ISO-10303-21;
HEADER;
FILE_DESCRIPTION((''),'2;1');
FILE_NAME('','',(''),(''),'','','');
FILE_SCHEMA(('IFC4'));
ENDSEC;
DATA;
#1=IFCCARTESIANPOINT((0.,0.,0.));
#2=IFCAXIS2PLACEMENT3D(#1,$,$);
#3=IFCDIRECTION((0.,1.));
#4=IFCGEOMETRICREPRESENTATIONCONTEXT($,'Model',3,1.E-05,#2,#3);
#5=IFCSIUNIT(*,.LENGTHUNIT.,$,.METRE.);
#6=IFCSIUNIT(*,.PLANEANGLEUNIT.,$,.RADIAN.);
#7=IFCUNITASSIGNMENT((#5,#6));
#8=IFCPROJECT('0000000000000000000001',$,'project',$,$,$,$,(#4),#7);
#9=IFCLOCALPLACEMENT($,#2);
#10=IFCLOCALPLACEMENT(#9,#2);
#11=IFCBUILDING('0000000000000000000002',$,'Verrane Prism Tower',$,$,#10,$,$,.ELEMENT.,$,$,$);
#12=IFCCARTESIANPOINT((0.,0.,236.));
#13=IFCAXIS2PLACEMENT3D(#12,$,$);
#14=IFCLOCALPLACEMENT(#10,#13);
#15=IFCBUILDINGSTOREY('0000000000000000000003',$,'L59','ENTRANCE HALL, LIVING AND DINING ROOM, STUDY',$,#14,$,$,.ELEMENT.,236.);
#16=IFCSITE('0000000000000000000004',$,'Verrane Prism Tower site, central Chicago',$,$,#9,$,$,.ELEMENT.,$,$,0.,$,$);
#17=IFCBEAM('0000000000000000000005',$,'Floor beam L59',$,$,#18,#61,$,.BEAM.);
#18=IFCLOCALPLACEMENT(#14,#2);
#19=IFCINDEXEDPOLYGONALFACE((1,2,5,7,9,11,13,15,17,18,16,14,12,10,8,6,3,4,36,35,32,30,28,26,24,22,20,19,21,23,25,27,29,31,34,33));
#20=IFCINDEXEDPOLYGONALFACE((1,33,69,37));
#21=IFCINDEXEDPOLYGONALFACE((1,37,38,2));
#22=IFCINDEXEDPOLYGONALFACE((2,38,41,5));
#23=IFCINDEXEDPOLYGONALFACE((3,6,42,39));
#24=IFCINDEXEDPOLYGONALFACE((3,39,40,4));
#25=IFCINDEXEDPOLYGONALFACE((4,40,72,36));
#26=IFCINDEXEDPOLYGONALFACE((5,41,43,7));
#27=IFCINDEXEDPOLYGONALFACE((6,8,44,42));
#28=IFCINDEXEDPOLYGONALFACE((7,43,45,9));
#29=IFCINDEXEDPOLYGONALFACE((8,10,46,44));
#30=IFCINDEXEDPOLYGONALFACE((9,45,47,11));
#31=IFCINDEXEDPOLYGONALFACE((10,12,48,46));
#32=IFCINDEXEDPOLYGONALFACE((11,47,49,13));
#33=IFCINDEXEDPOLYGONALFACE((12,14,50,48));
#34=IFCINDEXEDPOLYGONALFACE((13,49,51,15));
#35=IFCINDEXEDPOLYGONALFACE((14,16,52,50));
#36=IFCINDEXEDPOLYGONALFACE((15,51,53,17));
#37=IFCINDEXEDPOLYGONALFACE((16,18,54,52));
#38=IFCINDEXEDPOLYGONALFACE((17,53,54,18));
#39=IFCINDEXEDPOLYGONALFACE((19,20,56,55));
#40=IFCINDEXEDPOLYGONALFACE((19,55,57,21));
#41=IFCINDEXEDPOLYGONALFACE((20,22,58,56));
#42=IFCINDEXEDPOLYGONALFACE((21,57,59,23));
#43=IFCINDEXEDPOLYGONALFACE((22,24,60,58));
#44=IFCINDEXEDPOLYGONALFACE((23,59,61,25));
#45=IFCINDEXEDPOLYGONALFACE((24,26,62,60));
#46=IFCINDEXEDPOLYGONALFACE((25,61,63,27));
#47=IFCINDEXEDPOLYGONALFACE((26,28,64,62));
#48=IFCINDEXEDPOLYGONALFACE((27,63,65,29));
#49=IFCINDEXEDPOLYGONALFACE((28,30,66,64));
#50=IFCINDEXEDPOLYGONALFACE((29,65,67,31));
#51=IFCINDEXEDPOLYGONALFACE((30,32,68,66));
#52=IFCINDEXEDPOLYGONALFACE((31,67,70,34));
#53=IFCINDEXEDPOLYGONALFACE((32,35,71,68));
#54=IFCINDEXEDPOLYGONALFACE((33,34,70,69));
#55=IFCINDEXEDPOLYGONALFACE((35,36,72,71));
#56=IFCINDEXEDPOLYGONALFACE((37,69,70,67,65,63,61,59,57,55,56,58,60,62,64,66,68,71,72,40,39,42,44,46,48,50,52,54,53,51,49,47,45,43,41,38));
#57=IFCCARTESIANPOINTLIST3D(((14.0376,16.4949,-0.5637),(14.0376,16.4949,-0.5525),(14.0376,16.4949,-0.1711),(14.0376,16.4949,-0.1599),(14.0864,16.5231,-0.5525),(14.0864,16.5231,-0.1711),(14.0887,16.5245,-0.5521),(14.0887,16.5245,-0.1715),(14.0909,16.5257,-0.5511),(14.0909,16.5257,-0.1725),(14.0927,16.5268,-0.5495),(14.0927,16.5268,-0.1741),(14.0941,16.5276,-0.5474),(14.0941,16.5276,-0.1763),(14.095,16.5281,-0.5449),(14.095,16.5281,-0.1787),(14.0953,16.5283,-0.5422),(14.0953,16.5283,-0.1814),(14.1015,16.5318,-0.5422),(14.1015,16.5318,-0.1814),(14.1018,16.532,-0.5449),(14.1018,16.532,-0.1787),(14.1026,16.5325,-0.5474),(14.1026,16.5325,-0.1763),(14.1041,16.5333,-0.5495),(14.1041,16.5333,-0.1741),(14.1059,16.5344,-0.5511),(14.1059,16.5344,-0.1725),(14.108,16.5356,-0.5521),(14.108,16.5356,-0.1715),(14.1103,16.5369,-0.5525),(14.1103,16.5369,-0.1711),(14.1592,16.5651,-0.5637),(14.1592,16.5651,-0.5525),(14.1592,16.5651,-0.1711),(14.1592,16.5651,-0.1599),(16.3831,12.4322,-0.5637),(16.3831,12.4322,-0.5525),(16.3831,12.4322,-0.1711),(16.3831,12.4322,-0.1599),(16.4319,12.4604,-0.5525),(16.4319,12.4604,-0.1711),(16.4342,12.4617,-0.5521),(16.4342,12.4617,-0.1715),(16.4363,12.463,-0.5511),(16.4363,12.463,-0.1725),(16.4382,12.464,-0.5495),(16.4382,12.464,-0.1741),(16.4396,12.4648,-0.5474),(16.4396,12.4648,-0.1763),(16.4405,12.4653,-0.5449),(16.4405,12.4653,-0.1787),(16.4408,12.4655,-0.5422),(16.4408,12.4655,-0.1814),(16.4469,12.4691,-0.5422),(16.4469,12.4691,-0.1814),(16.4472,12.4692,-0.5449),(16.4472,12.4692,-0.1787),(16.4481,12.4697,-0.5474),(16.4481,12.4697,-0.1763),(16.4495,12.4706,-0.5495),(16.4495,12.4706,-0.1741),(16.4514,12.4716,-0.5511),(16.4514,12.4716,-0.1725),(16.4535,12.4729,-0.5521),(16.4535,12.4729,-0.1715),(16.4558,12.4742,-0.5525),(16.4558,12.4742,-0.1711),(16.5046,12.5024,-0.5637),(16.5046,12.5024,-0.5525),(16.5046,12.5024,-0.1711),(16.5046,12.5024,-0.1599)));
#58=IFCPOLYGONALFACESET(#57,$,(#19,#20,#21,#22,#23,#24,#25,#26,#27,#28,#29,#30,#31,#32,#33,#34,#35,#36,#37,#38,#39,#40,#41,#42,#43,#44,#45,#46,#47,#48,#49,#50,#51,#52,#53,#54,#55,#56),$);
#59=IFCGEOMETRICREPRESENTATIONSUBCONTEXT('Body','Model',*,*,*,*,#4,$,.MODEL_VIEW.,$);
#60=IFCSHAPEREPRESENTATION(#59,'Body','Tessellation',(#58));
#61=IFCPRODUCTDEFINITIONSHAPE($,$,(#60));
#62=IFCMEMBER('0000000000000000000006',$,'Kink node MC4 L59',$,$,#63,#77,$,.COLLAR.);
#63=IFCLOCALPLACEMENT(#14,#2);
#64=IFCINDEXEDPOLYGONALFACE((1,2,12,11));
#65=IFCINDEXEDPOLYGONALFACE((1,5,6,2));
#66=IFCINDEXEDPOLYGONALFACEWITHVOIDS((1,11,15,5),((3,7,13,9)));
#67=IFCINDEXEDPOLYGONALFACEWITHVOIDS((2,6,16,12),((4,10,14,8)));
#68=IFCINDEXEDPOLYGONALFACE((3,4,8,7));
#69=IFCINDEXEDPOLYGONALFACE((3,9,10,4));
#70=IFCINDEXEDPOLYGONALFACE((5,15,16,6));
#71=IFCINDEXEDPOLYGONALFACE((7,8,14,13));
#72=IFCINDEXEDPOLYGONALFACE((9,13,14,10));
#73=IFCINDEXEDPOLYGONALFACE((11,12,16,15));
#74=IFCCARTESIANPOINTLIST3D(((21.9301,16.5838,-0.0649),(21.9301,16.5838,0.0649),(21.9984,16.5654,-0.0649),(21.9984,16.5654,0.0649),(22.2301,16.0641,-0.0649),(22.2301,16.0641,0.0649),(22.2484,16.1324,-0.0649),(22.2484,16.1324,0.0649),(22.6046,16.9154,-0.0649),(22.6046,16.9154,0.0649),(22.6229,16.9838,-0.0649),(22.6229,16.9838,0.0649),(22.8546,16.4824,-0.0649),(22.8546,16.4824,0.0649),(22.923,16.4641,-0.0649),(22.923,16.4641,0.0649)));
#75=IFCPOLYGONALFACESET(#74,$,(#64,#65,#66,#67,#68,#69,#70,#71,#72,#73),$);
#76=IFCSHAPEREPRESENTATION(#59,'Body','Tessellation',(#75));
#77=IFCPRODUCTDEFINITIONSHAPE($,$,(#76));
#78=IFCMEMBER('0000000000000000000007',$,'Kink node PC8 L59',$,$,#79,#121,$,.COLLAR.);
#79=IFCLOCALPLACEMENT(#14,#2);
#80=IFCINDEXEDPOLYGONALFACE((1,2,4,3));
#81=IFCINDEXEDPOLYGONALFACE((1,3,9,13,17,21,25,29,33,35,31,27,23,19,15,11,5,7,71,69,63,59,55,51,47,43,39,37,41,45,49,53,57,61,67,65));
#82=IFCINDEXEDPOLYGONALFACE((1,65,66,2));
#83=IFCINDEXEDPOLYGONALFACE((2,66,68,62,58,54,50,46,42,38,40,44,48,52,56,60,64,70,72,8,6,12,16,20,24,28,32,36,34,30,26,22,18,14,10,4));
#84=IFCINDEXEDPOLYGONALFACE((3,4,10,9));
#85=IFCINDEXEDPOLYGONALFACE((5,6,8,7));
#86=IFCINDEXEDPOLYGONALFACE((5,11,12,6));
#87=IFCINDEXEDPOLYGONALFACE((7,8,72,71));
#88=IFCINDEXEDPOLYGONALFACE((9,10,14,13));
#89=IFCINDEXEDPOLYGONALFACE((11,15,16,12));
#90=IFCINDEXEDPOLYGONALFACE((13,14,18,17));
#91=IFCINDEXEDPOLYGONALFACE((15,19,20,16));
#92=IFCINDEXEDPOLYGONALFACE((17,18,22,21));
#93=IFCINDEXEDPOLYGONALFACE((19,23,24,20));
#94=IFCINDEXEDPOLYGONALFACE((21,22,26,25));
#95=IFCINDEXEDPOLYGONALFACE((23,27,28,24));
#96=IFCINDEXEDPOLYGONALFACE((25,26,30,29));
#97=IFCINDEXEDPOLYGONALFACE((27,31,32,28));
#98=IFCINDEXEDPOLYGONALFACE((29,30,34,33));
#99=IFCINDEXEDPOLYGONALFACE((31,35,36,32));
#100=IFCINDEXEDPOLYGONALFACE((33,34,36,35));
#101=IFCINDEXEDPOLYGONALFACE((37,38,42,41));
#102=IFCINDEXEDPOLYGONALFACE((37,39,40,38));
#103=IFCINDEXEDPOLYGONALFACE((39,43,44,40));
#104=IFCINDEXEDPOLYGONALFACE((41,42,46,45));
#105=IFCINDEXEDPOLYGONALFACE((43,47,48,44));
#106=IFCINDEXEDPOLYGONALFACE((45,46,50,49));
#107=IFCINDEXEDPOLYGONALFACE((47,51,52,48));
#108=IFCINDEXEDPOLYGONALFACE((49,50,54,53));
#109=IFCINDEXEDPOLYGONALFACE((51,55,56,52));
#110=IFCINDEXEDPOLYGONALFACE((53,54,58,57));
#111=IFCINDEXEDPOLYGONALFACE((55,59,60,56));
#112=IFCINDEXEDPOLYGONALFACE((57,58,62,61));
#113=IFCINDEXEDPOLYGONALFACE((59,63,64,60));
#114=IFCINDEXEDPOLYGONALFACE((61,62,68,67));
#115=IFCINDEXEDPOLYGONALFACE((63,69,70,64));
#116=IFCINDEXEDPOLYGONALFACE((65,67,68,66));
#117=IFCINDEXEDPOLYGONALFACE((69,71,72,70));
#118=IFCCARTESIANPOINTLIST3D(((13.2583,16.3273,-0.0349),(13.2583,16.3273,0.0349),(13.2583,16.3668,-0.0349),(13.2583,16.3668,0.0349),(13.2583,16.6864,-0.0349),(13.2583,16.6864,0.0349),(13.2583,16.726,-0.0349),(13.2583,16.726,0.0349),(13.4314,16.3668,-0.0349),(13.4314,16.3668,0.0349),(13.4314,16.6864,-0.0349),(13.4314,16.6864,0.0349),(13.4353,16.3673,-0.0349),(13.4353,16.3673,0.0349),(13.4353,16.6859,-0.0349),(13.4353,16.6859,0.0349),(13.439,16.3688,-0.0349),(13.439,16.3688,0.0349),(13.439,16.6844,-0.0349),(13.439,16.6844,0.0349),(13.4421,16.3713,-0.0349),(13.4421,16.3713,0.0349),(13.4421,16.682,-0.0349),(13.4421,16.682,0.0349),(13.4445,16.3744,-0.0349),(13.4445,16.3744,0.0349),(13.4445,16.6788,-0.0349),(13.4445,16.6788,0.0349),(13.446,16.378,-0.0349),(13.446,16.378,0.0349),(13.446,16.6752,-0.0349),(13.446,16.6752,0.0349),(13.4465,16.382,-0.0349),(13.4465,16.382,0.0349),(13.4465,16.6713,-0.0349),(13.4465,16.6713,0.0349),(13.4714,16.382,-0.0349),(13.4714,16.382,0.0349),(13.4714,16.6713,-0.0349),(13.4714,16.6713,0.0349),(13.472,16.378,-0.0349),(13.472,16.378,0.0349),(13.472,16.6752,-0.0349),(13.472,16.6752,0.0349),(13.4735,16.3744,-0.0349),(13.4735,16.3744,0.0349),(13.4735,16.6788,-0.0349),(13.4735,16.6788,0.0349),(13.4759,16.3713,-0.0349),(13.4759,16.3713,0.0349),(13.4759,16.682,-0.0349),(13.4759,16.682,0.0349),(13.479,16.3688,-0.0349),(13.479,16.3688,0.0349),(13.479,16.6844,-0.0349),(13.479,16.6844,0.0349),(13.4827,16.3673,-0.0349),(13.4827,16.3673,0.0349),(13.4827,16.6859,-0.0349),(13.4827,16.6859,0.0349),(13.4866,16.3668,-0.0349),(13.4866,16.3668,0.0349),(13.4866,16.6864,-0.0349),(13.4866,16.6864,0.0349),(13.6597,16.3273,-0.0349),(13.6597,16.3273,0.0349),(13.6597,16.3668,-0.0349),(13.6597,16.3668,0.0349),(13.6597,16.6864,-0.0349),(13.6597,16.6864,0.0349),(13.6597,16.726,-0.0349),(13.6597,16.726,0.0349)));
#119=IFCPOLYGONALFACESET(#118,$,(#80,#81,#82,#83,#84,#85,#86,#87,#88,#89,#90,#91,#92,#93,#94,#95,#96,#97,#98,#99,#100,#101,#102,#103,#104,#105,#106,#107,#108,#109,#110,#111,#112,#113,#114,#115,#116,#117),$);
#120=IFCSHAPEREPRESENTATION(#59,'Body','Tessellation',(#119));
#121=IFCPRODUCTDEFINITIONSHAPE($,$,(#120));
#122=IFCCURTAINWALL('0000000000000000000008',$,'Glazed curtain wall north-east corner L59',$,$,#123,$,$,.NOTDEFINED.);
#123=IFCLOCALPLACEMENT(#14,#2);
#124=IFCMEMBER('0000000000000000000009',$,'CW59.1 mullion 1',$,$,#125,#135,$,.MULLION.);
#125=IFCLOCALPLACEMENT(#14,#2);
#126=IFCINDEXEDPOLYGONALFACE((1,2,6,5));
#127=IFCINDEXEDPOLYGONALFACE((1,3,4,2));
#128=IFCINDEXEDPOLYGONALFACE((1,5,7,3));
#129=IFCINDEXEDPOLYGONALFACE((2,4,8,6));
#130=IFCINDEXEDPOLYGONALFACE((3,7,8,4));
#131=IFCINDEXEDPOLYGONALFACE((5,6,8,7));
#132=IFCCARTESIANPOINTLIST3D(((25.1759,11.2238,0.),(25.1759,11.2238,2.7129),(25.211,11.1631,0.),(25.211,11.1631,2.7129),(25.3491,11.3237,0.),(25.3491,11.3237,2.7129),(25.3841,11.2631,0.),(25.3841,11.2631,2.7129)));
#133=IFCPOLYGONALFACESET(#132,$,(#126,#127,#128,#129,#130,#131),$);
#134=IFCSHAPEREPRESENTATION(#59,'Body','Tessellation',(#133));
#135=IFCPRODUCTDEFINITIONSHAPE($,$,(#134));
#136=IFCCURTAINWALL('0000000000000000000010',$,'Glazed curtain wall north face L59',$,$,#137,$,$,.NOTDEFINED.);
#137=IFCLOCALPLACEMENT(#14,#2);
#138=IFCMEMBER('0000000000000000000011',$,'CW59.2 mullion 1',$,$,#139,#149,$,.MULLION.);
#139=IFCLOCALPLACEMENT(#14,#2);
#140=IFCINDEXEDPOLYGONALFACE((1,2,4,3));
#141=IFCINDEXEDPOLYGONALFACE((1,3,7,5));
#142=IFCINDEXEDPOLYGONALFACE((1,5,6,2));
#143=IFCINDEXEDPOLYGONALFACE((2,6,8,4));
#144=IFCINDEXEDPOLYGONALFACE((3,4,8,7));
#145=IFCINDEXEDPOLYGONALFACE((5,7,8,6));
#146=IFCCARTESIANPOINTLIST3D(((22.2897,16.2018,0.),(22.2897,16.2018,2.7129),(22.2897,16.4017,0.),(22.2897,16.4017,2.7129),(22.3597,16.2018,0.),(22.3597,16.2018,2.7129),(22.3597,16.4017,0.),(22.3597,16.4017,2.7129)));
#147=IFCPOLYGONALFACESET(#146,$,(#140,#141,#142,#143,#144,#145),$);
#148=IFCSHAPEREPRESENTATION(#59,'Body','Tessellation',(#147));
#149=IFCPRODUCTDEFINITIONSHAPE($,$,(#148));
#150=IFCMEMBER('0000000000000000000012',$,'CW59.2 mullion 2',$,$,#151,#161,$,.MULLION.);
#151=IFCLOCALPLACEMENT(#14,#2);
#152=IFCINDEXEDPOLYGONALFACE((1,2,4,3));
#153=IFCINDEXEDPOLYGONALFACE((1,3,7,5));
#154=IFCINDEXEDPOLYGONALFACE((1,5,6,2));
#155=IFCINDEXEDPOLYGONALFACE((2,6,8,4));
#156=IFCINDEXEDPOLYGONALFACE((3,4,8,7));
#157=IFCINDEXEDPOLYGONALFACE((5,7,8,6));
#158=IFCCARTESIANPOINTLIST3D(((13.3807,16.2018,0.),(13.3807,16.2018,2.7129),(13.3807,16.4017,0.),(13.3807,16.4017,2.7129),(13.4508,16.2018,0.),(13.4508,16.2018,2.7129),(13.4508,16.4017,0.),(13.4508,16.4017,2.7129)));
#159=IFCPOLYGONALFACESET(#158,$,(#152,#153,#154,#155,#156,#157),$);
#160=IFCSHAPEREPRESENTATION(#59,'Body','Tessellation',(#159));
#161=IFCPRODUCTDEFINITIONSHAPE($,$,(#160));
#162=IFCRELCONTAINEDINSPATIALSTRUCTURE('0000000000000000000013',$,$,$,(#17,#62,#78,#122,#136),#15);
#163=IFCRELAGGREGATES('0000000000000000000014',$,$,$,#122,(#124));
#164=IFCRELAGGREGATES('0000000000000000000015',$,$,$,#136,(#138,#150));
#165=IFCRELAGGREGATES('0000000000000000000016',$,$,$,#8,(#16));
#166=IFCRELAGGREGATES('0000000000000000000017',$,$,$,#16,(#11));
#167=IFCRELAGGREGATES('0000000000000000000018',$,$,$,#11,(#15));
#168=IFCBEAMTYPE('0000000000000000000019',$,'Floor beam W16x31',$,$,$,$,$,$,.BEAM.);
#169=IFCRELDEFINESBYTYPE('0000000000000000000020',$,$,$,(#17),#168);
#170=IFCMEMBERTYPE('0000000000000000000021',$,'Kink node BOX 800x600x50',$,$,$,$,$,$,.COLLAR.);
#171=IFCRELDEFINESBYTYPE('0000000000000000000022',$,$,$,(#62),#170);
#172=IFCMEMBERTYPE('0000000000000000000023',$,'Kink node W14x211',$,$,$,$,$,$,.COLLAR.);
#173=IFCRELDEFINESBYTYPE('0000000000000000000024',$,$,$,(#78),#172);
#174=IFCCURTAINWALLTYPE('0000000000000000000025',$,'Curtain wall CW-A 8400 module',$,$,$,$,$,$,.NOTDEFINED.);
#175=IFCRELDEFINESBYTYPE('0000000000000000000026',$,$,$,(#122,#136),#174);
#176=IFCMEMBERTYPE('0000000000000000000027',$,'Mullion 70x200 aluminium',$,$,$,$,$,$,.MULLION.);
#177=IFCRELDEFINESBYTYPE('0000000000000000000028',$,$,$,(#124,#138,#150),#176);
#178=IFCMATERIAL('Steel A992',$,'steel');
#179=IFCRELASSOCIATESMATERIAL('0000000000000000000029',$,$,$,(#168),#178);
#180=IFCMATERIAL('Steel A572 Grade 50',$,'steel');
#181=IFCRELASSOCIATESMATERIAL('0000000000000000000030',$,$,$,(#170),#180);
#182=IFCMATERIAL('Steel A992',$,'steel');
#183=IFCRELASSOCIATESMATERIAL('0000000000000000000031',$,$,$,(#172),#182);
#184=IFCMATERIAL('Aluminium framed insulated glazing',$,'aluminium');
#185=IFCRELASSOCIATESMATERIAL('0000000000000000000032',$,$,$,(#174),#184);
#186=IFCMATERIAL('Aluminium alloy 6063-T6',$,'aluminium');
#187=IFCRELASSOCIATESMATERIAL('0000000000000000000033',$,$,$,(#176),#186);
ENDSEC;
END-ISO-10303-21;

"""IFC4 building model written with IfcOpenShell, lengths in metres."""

from ifc_helpers import new_model, si_unit, direction, frame, origin, origin_2d, place, context, subcontext, project, spatial, rectangle, hollow_rectangle, i_section, extrude, material, material_profile, profile_set, type_object, element, aggregate, save


model = new_model("IFC4")

# Units and contexts
model_context = context("Model", 3, precision=1e-05, world=origin(), true_north=direction((0.0, 1.0)))
body_context = subcontext(model_context, "Body", "Model", "MODEL_VIEW")
ifc_project = project(units=[si_unit("LENGTHUNIT", "METRE"), si_unit("PLANEANGLEUNIT", "RADIAN")], contexts=[model_context])

# Site, building, storey
site_placement = place(None, origin())
site = spatial("IfcSite", under=ifc_project, at=site_placement, Name="Verrane Prism Tower site, central Chicago", CompositionType="ELEMENT", RefElevation=0.0)
building_placement = place(site_placement, origin())
building = spatial("IfcBuilding", under=site, at=building_placement, Name="Verrane Prism Tower", CompositionType="ELEMENT")
storey_placement = place(building_placement, frame((0.0, 0.0, 236.0)))
storey = spatial("IfcBuildingStorey", under=building, at=storey_placement, Name="L59", Description="ENTRANCE HALL, LIVING AND DINING ROOM, STUDY", CompositionType="ELEMENT", Elevation=236.0)

# Beam
ifc_material_1 = material(Name="Steel A992", Category="steel")
ifc_material_profile_1 = material_profile(ifc_material_1, i_section(OverallWidth=0.1404, OverallDepth=0.4038, WebThickness=0.0071, FlangeThickness=0.0112, FilletRadius=0.0103, at=origin_2d()), Name="W16x31")
ifc_profile_set_1 = profile_set([ifc_material_profile_1], Name="Steel A992")
beam_type_1 = type_object("IfcBeamType", Name="Floor beam W16x31", PredefinedType="BEAM", material=ifc_profile_set_1)
beam_1_placement = place(storey_placement, frame((16.4438, 12.4673, -0.3618), z_axis=(-0.499973, 0.866041, 0.0), x_axis=(-0.866041, -0.499973, 0.0)))
element("IfcBeam", 1, at=beam_1_placement, inside=storey, type_object=beam_type_1, Name="Floor beam L59", PredefinedType="BEAM", context=body_context, shape_type="SweptSolid", body=[
    extrude(i_section(OverallWidth=0.1404, OverallDepth=0.4038, WebThickness=0.0071, FlangeThickness=0.0112, FilletRadius=0.0103, at=origin_2d()), origin(), (0.0, 0.0, 1.0), 4.6912),
])

# Members
ifc_material_2 = material(Name="Steel A572 Grade 50", Category="steel")
ifc_material_profile_2 = material_profile(ifc_material_2, hollow_rectangle(XDim=0.6001, YDim=0.8, WallThickness=0.05, at=origin_2d()), Name="BOX 800x600x50")
ifc_profile_set_2 = profile_set([ifc_material_profile_2], Name="Steel A572 Grade 50")
member_type_1 = type_object("IfcMemberType", Name="Kink node BOX 800x600x50", PredefinedType="COLLAR", material=ifc_profile_set_2)
member_1_placement = place(storey_placement, frame((22.4265, 16.5239, -0.0649), z_axis=(0.0, 0.0, 1.0), x_axis=(0.5, -0.866025, 0.0)))
element("IfcMember", 2, at=member_1_placement, inside=storey, type_object=member_type_1, Name="Kink node MC4 L59", PredefinedType="COLLAR", context=body_context, shape_type="SweptSolid", body=[
    extrude(hollow_rectangle(XDim=0.6001, YDim=0.8, WallThickness=0.05, at=origin_2d()), origin(), (0.0, 0.0, 1.0), 0.1299),
])
ifc_material_3 = material(Name="Steel A992", Category="steel")
ifc_material_profile_3 = material_profile(ifc_material_3, i_section(OverallWidth=0.4014, OverallDepth=0.3987, WebThickness=0.0249, FlangeThickness=0.0396, FilletRadius=0.0151, at=origin_2d()), Name="W14x211")
ifc_profile_set_3 = profile_set([ifc_material_profile_3], Name="Steel A992")
member_type_2 = type_object("IfcMemberType", Name="Kink node W14x211", PredefinedType="COLLAR", material=ifc_profile_set_3)
member_2_placement = place(storey_placement, frame((13.459, 16.5266, -0.0349), z_axis=(0.0, 0.0, 1.0), x_axis=(1.0, 0.0, 0.0)))
element("IfcMember", 3, at=member_2_placement, inside=storey, type_object=member_type_2, Name="Kink node PC8 L59", PredefinedType="COLLAR", context=body_context, shape_type="SweptSolid", body=[
    extrude(i_section(OverallWidth=0.4014, OverallDepth=0.3987, WebThickness=0.0249, FlangeThickness=0.0396, FilletRadius=0.0151, at=origin_2d()), origin(), (0.0, 0.0, 1.0), 0.0698),
])

# Curtain wall, member
ifc_material_4 = material(Name="Aluminium framed insulated glazing", Category="aluminium")
curtain_wall_type = type_object("IfcCurtainWallType", Name="Curtain wall CW-A 8400 module", PredefinedType="NOTDEFINED", material=ifc_material_4)
curtain_wall_1_placement = place(storey_placement, origin())
curtain_wall_1 = element("IfcCurtainWall", 4, at=curtain_wall_1_placement, inside=storey, type_object=curtain_wall_type, Name="Glazed curtain wall north-east corner L59", PredefinedType="NOTDEFINED")
ifc_material_5 = material(Name="Aluminium alloy 6063-T6", Category="aluminium")
ifc_material_profile_4 = material_profile(ifc_material_5, rectangle(XDim=0.2, YDim=0.0701, at=origin_2d()), Name="Mullion 70x200 aluminium")
ifc_profile_set_4 = profile_set([ifc_material_profile_4], Name="Aluminium alloy 6063-T6")
member_type_3 = type_object("IfcMemberType", Name="Mullion 70x200 aluminium", PredefinedType="MULLION", material=ifc_profile_set_4)
member_3_placement = place(storey_placement, frame((25.28, 11.2434, 0.0), z_axis=(0.0, 0.0, 1.0), x_axis=(-0.866026, -0.499999, 0.0)))
member_3 = element("IfcMember", 5, at=member_3_placement, type_object=member_type_3, Name="CW59.1 mullion 1", PredefinedType="MULLION", context=body_context, shape_type="SweptSolid", body=[
    extrude(rectangle(XDim=0.2, YDim=0.0701, at=origin_2d()), origin(), (0.0, 0.0, 1.0), 2.7129),
])

# Curtain wall, members
curtain_wall_2_placement = place(storey_placement, origin())
curtain_wall_2 = element("IfcCurtainWall", 6, at=curtain_wall_2_placement, inside=storey, type_object=curtain_wall_type, Name="Glazed curtain wall north face L59", PredefinedType="NOTDEFINED")
member_4_placement = place(storey_placement, frame((22.3247, 16.3018, 0.0), z_axis=(0.0, 0.0, 1.0), x_axis=(0.0, -1.0, 0.0)))
member_4 = element("IfcMember", 7, at=member_4_placement, type_object=member_type_3, Name="CW59.2 mullion 1", PredefinedType="MULLION", context=body_context, shape_type="SweptSolid", body=[
    extrude(rectangle(XDim=0.2, YDim=0.0701, at=origin_2d()), origin(), (0.0, 0.0, 1.0), 2.7129),
])
member_5_placement = place(storey_placement, frame((13.4158, 16.3018, 0.0), z_axis=(0.0, 0.0, 1.0), x_axis=(0.0, -1.0, 0.0)))
member_5 = element("IfcMember", 8, at=member_5_placement, type_object=member_type_3, Name="CW59.2 mullion 2", PredefinedType="MULLION", context=body_context, shape_type="SweptSolid", body=[
    extrude(rectangle(XDim=0.2, YDim=0.0701, at=origin_2d()), origin(), (0.0, 0.0, 1.0), 2.7129),
])

aggregate(curtain_wall_1, [member_3])
aggregate(curtain_wall_2, [member_4, member_5])

save(model, "model.ifc")
